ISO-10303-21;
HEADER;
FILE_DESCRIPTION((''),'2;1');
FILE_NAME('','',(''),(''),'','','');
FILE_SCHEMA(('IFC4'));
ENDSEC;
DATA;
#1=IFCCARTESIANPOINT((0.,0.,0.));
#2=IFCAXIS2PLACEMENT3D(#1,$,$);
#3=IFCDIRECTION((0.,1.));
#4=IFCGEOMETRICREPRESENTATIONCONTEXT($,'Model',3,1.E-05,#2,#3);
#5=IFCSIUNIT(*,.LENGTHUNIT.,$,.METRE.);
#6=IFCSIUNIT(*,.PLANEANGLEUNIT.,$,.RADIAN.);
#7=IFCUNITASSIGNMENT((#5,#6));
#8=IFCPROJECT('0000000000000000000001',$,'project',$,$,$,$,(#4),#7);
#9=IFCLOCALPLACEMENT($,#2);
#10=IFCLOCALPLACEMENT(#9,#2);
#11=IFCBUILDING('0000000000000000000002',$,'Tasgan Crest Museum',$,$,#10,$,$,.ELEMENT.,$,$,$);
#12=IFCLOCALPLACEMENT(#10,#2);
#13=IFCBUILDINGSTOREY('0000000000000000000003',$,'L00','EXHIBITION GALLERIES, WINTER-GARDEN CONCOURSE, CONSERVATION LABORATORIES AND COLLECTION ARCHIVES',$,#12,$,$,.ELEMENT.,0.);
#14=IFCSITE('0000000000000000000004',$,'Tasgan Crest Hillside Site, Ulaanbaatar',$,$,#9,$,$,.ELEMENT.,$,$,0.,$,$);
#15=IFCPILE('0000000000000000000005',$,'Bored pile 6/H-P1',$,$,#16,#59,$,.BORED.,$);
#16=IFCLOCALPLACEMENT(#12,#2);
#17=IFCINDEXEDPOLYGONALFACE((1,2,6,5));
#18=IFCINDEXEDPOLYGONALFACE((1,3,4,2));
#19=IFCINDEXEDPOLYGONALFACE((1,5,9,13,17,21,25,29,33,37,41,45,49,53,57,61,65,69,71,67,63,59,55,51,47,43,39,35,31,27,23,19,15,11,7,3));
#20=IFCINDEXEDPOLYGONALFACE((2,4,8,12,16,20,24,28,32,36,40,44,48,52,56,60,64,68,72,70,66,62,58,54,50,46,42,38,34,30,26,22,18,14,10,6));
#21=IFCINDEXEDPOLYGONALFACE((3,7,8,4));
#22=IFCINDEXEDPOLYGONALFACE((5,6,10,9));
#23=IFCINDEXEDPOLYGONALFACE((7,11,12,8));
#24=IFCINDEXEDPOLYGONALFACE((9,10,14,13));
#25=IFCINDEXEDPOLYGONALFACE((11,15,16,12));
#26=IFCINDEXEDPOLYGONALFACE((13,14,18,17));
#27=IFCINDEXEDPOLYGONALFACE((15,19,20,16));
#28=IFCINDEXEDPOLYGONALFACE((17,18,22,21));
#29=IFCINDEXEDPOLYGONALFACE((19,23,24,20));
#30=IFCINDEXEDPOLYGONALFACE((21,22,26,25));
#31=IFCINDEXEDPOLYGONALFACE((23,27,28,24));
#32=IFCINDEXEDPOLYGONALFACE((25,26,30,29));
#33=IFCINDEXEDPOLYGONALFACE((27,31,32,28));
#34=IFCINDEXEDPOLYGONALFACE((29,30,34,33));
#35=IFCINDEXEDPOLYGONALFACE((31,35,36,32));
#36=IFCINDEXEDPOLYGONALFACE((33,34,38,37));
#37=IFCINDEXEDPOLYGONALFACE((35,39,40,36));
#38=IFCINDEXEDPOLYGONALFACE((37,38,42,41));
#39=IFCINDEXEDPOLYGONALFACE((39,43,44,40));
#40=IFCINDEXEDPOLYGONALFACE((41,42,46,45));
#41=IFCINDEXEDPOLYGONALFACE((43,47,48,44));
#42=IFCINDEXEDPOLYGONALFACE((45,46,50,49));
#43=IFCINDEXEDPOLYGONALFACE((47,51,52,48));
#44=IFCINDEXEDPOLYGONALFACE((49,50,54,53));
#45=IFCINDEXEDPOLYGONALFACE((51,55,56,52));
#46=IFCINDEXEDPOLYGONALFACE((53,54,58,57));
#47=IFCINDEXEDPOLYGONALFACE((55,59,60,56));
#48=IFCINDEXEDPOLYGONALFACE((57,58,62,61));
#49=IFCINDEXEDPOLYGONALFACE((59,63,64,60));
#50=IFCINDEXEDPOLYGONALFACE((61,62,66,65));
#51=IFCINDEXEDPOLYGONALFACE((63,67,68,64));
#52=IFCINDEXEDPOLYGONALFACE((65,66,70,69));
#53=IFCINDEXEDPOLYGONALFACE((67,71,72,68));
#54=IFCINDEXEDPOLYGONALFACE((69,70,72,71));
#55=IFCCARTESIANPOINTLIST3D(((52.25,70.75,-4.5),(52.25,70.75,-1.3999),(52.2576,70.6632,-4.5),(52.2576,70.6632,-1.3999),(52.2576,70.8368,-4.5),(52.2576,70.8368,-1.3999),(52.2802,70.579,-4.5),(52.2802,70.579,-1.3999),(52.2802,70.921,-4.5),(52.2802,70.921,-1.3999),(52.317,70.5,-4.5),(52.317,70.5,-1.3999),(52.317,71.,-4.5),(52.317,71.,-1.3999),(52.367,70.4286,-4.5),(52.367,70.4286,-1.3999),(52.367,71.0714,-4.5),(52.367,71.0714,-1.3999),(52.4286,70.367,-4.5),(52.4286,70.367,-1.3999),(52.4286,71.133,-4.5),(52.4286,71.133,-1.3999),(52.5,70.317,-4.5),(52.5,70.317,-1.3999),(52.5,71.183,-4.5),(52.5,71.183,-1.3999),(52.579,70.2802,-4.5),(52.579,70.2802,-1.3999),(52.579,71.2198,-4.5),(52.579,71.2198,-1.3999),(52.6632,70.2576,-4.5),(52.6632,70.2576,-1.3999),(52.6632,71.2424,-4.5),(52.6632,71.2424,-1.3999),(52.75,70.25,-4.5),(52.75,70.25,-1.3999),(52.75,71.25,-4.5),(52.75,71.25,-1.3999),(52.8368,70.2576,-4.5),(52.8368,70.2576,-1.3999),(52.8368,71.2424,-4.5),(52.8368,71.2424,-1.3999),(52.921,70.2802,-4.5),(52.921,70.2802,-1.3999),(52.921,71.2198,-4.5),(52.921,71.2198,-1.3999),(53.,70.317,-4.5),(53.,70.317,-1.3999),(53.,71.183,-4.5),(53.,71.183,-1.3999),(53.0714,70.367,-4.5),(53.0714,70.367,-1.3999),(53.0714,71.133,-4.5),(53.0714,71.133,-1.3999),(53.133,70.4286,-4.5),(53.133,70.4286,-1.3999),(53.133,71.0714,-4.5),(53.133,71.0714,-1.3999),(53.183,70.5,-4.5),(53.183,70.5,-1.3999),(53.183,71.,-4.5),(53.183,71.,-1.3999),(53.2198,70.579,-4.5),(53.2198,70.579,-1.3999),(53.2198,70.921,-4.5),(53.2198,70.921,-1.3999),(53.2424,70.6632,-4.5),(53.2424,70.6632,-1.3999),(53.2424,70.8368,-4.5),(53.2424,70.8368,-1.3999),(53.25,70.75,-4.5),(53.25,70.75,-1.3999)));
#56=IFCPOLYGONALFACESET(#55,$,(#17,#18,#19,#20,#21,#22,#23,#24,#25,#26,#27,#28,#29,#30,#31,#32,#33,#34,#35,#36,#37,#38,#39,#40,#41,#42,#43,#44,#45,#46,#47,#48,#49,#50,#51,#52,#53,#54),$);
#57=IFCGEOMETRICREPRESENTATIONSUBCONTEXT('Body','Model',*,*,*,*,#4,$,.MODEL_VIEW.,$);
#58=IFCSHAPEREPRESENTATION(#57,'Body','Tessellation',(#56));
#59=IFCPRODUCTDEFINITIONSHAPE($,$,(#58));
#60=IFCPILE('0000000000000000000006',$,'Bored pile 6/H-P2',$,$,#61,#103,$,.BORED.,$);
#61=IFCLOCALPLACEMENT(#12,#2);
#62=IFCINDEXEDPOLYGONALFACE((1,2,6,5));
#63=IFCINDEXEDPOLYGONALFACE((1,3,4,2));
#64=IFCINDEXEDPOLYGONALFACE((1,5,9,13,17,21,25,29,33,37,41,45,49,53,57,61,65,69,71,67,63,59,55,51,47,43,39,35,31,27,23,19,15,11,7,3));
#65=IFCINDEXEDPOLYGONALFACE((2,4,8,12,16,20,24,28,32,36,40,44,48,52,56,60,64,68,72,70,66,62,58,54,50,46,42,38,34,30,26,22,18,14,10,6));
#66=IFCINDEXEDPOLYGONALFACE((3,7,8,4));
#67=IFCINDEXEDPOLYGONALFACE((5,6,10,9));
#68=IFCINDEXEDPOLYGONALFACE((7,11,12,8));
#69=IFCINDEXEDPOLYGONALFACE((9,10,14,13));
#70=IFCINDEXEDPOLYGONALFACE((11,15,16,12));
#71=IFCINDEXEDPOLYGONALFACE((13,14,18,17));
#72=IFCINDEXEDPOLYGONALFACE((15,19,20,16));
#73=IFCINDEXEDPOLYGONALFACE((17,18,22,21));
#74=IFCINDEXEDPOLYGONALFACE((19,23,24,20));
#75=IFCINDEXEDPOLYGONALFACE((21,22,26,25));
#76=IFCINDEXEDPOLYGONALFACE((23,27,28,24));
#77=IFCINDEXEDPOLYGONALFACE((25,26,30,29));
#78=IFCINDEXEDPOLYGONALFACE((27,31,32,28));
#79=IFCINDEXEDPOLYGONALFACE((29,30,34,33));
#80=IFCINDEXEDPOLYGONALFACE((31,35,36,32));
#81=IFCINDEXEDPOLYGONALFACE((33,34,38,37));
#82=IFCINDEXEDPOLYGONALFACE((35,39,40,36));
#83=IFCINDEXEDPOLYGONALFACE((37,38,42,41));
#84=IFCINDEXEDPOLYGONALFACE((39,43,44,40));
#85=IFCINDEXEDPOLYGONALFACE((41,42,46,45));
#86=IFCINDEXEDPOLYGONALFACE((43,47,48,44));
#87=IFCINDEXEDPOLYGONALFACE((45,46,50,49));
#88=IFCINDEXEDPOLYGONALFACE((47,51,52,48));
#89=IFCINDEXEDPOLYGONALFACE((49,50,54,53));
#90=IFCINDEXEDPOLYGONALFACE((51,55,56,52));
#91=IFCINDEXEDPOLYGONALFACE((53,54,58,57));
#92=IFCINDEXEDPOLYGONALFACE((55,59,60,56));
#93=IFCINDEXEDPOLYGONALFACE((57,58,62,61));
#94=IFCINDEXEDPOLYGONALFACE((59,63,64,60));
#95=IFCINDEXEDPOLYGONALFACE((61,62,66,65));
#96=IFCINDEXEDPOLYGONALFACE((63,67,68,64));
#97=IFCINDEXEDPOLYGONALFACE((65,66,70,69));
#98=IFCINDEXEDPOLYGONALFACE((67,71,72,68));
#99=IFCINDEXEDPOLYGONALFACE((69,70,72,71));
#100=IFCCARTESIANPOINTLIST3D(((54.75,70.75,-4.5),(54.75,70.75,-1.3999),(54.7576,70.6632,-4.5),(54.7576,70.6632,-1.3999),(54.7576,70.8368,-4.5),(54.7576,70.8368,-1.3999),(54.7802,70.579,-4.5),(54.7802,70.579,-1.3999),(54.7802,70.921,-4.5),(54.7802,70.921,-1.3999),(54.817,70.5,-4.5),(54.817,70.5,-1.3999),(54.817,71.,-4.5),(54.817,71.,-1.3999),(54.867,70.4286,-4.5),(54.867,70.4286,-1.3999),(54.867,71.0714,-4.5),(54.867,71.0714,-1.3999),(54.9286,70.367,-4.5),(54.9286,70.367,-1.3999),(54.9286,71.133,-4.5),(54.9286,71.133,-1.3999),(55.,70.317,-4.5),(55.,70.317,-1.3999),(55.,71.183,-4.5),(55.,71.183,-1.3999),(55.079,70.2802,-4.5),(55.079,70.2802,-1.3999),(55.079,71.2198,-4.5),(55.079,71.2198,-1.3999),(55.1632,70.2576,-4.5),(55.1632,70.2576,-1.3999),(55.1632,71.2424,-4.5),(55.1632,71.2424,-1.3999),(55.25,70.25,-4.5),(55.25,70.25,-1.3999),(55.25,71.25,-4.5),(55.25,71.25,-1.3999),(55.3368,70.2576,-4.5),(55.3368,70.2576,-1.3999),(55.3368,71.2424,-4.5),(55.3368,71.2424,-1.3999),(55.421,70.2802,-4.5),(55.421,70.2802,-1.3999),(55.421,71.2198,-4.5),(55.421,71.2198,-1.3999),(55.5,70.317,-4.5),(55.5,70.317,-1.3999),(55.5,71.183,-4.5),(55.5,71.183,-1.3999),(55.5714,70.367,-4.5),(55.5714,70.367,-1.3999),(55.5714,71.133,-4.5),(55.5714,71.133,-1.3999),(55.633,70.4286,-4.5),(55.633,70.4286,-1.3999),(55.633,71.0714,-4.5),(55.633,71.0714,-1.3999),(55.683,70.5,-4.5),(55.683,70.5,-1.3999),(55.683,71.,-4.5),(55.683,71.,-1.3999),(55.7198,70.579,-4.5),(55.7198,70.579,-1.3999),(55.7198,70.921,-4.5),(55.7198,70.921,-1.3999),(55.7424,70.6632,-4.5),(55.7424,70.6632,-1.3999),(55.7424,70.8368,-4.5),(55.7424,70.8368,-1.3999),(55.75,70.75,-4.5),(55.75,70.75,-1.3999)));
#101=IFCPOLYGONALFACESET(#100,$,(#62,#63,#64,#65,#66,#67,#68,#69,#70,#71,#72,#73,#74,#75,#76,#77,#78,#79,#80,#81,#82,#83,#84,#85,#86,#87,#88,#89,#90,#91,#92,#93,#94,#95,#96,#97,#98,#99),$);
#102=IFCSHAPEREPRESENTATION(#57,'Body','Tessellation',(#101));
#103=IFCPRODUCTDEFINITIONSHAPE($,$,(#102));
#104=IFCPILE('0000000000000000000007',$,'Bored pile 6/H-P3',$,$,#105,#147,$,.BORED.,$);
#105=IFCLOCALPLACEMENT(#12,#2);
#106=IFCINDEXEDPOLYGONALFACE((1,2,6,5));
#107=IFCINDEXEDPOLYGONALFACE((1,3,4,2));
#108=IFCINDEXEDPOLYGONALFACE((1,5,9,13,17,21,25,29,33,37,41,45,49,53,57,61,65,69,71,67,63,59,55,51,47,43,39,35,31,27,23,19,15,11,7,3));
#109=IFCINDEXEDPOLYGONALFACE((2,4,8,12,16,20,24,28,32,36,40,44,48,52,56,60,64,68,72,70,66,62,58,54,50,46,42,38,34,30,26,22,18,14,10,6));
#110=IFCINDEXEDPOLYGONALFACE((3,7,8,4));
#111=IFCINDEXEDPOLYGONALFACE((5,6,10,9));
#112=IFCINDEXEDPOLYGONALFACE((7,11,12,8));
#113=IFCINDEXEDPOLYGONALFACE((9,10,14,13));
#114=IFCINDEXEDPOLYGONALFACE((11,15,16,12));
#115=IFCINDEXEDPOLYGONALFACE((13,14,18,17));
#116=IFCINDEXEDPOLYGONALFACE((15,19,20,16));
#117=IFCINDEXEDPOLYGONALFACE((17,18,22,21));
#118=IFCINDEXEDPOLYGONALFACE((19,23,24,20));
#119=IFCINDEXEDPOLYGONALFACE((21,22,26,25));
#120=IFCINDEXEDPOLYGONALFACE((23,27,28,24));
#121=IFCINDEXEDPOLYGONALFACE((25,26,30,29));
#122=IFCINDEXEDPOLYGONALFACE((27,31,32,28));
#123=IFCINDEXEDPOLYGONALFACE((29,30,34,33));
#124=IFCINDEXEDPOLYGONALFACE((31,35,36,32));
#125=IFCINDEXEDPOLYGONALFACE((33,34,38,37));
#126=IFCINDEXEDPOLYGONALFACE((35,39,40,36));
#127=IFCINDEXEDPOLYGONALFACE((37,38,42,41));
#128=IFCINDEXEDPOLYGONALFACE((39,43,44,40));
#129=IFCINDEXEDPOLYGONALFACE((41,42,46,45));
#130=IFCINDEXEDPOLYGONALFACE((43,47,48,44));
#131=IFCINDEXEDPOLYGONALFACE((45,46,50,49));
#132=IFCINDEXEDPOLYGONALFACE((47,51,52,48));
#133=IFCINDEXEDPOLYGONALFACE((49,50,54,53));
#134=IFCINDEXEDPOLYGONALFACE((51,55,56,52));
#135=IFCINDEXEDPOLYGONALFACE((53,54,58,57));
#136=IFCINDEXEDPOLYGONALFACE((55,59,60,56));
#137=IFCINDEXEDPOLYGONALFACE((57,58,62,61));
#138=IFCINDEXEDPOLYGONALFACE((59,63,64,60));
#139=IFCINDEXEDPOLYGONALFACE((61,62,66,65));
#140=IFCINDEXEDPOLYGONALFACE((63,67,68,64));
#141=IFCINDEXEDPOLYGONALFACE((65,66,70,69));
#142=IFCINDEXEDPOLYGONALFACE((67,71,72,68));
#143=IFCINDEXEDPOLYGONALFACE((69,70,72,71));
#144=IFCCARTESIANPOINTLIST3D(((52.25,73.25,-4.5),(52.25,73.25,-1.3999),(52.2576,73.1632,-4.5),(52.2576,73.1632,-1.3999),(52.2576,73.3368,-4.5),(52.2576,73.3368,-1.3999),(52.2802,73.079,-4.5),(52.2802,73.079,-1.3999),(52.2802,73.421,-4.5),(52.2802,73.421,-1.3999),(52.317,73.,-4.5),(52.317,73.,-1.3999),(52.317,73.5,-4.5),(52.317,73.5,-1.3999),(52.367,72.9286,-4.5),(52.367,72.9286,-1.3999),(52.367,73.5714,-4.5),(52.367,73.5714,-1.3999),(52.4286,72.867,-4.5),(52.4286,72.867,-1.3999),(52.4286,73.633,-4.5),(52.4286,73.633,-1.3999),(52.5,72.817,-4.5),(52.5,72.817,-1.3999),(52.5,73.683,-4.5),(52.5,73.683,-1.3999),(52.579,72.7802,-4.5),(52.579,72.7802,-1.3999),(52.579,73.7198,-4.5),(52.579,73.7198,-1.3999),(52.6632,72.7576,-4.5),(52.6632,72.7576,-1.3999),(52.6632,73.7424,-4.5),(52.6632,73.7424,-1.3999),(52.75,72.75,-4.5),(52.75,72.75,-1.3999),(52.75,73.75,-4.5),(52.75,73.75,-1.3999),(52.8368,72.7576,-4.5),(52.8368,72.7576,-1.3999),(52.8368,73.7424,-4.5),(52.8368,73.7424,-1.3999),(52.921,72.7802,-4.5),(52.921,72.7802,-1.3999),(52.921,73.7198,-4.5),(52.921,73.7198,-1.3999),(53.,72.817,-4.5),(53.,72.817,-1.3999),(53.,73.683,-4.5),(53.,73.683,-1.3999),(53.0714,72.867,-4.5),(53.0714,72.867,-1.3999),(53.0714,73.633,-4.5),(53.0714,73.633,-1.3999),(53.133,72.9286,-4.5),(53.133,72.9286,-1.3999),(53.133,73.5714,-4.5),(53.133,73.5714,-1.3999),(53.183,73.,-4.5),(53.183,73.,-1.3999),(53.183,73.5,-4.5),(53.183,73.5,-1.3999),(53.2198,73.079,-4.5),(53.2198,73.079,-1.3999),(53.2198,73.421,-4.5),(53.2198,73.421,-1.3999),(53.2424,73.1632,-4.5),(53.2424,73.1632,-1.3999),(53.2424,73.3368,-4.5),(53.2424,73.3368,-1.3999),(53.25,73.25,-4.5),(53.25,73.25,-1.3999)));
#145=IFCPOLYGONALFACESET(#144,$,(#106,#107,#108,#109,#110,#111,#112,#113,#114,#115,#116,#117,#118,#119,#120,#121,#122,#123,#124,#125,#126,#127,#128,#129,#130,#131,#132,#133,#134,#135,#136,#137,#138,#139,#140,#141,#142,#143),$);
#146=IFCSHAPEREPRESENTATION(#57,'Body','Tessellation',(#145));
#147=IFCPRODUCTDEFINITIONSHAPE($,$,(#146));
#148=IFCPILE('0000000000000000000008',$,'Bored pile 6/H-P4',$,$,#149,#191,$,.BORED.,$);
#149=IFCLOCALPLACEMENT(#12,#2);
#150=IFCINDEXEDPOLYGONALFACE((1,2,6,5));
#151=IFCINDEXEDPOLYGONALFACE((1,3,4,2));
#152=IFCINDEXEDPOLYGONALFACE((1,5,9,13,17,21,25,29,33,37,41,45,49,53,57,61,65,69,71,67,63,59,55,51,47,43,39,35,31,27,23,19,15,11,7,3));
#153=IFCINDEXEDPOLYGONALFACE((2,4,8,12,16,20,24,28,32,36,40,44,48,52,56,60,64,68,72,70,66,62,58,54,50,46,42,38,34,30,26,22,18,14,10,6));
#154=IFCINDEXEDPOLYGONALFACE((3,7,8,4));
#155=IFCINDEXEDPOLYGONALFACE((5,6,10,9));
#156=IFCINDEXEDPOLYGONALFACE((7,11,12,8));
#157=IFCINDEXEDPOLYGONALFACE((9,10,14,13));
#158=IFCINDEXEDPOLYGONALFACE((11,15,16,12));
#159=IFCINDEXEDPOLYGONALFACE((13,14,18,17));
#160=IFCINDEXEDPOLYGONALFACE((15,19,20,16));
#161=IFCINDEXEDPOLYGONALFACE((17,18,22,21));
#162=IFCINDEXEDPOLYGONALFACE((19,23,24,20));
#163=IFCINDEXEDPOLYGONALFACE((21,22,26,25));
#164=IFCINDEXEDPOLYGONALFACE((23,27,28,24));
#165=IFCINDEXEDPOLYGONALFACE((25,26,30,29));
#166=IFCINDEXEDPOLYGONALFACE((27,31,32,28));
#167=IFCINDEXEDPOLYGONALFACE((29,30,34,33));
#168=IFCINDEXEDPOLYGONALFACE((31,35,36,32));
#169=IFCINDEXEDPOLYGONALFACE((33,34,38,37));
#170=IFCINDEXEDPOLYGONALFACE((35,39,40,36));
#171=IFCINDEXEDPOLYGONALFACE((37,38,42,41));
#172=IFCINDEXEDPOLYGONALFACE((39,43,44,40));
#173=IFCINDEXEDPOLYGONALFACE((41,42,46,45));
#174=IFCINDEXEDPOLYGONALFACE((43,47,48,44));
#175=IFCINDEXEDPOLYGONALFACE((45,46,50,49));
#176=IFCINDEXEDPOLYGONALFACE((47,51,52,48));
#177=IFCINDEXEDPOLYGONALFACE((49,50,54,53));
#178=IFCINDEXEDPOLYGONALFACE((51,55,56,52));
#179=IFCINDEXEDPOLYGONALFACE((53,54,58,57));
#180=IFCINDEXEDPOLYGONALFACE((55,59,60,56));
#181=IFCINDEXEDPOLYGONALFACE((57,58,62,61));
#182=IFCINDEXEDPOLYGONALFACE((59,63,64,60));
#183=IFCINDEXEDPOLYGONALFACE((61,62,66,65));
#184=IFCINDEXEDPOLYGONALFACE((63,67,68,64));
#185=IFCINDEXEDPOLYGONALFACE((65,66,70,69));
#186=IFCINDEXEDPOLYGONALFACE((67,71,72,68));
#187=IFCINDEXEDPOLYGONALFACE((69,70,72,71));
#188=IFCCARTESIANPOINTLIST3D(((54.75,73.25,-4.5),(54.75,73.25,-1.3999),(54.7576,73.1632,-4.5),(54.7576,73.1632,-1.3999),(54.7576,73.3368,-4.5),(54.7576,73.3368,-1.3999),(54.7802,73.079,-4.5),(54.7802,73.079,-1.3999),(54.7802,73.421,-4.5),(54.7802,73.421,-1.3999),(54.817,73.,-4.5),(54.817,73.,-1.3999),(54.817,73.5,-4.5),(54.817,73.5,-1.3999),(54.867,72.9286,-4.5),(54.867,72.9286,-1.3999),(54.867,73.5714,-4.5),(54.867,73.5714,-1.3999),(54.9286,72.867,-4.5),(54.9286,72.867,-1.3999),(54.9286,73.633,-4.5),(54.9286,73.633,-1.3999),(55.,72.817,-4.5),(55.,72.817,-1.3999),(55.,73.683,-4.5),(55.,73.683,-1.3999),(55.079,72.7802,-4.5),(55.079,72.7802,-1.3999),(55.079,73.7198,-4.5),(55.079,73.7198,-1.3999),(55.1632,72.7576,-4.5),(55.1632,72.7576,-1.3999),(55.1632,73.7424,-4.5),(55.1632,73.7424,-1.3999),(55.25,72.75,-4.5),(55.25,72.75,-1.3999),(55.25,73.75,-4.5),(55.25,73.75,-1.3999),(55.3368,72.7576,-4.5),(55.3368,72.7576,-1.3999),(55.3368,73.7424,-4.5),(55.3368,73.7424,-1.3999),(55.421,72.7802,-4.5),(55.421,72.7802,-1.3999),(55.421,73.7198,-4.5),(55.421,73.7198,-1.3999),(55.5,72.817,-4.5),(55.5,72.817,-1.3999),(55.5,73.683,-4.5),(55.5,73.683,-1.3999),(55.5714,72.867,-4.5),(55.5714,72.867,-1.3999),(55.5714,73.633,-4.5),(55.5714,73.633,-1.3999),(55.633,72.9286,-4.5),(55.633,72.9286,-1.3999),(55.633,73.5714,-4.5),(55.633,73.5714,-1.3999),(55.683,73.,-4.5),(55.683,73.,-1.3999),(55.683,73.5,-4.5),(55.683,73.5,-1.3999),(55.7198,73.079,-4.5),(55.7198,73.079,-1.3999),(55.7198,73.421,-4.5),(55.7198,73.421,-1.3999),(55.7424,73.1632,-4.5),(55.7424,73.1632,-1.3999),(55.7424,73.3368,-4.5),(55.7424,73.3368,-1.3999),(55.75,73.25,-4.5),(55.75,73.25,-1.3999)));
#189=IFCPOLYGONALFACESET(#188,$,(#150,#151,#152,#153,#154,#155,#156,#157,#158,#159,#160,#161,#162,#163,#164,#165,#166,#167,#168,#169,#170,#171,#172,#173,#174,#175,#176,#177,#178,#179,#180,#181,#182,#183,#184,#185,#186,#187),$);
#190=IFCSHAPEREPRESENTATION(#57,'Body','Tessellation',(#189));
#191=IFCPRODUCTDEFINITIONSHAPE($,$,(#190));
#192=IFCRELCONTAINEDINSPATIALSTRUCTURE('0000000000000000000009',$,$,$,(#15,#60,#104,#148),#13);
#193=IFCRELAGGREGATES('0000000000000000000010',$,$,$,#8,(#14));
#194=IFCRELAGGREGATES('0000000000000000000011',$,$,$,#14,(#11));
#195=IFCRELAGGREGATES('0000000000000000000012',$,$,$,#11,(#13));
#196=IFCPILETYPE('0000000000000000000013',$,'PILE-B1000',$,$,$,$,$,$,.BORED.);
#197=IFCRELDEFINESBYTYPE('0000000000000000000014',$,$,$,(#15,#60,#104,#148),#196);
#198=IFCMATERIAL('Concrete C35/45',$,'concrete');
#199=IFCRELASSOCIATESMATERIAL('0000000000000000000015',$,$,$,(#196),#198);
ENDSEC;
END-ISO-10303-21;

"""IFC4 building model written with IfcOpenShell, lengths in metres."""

from ifc_helpers import new_model, si_unit, direction, frame, origin, origin_2d, place, context, subcontext, project, spatial, circle, extrude, material, material_profile, profile_set, type_object, element, save


model = new_model("IFC4")

# Units and contexts
model_context = context("Model", 3, precision=1e-05, world=origin(), true_north=direction((0.0, 1.0)))
body_context = subcontext(model_context, "Body", "Model", "MODEL_VIEW")
ifc_project = project(units=[si_unit("LENGTHUNIT", "METRE"), si_unit("PLANEANGLEUNIT", "RADIAN")], contexts=[model_context])

# Site, building, storey
site_placement = place(None, origin())
site = spatial("IfcSite", under=ifc_project, at=site_placement, Name="Tasgan Crest Hillside Site, Ulaanbaatar", CompositionType="ELEMENT", RefElevation=0.0)
building_placement = place(site_placement, origin())
building = spatial("IfcBuilding", under=site, at=building_placement, Name="Tasgan Crest Museum", CompositionType="ELEMENT")
storey_placement = place(building_placement, origin())
storey = spatial("IfcBuildingStorey", under=building, at=storey_placement, Name="L00", Description="EXHIBITION GALLERIES, WINTER-GARDEN CONCOURSE, CONSERVATION LABORATORIES AND COLLECTION ARCHIVES", CompositionType="ELEMENT", Elevation=0.0)

# Piles
ifc_material_1 = material(Name="Concrete C35/45", Category="concrete")
ifc_material_profile_1 = material_profile(ifc_material_1, circle(Radius=0.5, at=origin_2d()), Name="PILE D1000")
ifc_profile_set_1 = profile_set([ifc_material_profile_1], Name="Concrete C35/45")
pile_type_1 = type_object("IfcPileType", Name="PILE-B1000", PredefinedType="BORED", material=ifc_profile_set_1)
for number, where, z_axis, x_axis, name in (
    (1, (52.75, 70.75, -1.3999), (0.0, 0.0, -1.0), (1.0, 0.0, 0.0), "Bored pile 6/H-P1"),
    (2, (55.25, 70.75, -1.3999), (0.0, 0.0, -1.0), (1.0, 0.0, 0.0), "Bored pile 6/H-P2"),
    (3, (52.75, 73.25, -1.3999), (0.0, 0.0, -1.0), (1.0, 0.0, 0.0), "Bored pile 6/H-P3"),
    (4, (55.25, 73.25, -1.3999), (0.0, 0.0, -1.0), (1.0, 0.0, 0.0), "Bored pile 6/H-P4"),
):
    element("IfcPile", number, at=place(storey_placement, frame(where, z_axis=z_axis, x_axis=x_axis)), inside=storey, type_object=pile_type_1, Name=name, PredefinedType="BORED", context=body_context, shape_type="SweptSolid", body=[
        extrude(circle(Radius=0.5, at=origin_2d()), origin(), (0.0, 0.0, 1.0), 3.1001),
    ])

save(model, "model.ifc")
